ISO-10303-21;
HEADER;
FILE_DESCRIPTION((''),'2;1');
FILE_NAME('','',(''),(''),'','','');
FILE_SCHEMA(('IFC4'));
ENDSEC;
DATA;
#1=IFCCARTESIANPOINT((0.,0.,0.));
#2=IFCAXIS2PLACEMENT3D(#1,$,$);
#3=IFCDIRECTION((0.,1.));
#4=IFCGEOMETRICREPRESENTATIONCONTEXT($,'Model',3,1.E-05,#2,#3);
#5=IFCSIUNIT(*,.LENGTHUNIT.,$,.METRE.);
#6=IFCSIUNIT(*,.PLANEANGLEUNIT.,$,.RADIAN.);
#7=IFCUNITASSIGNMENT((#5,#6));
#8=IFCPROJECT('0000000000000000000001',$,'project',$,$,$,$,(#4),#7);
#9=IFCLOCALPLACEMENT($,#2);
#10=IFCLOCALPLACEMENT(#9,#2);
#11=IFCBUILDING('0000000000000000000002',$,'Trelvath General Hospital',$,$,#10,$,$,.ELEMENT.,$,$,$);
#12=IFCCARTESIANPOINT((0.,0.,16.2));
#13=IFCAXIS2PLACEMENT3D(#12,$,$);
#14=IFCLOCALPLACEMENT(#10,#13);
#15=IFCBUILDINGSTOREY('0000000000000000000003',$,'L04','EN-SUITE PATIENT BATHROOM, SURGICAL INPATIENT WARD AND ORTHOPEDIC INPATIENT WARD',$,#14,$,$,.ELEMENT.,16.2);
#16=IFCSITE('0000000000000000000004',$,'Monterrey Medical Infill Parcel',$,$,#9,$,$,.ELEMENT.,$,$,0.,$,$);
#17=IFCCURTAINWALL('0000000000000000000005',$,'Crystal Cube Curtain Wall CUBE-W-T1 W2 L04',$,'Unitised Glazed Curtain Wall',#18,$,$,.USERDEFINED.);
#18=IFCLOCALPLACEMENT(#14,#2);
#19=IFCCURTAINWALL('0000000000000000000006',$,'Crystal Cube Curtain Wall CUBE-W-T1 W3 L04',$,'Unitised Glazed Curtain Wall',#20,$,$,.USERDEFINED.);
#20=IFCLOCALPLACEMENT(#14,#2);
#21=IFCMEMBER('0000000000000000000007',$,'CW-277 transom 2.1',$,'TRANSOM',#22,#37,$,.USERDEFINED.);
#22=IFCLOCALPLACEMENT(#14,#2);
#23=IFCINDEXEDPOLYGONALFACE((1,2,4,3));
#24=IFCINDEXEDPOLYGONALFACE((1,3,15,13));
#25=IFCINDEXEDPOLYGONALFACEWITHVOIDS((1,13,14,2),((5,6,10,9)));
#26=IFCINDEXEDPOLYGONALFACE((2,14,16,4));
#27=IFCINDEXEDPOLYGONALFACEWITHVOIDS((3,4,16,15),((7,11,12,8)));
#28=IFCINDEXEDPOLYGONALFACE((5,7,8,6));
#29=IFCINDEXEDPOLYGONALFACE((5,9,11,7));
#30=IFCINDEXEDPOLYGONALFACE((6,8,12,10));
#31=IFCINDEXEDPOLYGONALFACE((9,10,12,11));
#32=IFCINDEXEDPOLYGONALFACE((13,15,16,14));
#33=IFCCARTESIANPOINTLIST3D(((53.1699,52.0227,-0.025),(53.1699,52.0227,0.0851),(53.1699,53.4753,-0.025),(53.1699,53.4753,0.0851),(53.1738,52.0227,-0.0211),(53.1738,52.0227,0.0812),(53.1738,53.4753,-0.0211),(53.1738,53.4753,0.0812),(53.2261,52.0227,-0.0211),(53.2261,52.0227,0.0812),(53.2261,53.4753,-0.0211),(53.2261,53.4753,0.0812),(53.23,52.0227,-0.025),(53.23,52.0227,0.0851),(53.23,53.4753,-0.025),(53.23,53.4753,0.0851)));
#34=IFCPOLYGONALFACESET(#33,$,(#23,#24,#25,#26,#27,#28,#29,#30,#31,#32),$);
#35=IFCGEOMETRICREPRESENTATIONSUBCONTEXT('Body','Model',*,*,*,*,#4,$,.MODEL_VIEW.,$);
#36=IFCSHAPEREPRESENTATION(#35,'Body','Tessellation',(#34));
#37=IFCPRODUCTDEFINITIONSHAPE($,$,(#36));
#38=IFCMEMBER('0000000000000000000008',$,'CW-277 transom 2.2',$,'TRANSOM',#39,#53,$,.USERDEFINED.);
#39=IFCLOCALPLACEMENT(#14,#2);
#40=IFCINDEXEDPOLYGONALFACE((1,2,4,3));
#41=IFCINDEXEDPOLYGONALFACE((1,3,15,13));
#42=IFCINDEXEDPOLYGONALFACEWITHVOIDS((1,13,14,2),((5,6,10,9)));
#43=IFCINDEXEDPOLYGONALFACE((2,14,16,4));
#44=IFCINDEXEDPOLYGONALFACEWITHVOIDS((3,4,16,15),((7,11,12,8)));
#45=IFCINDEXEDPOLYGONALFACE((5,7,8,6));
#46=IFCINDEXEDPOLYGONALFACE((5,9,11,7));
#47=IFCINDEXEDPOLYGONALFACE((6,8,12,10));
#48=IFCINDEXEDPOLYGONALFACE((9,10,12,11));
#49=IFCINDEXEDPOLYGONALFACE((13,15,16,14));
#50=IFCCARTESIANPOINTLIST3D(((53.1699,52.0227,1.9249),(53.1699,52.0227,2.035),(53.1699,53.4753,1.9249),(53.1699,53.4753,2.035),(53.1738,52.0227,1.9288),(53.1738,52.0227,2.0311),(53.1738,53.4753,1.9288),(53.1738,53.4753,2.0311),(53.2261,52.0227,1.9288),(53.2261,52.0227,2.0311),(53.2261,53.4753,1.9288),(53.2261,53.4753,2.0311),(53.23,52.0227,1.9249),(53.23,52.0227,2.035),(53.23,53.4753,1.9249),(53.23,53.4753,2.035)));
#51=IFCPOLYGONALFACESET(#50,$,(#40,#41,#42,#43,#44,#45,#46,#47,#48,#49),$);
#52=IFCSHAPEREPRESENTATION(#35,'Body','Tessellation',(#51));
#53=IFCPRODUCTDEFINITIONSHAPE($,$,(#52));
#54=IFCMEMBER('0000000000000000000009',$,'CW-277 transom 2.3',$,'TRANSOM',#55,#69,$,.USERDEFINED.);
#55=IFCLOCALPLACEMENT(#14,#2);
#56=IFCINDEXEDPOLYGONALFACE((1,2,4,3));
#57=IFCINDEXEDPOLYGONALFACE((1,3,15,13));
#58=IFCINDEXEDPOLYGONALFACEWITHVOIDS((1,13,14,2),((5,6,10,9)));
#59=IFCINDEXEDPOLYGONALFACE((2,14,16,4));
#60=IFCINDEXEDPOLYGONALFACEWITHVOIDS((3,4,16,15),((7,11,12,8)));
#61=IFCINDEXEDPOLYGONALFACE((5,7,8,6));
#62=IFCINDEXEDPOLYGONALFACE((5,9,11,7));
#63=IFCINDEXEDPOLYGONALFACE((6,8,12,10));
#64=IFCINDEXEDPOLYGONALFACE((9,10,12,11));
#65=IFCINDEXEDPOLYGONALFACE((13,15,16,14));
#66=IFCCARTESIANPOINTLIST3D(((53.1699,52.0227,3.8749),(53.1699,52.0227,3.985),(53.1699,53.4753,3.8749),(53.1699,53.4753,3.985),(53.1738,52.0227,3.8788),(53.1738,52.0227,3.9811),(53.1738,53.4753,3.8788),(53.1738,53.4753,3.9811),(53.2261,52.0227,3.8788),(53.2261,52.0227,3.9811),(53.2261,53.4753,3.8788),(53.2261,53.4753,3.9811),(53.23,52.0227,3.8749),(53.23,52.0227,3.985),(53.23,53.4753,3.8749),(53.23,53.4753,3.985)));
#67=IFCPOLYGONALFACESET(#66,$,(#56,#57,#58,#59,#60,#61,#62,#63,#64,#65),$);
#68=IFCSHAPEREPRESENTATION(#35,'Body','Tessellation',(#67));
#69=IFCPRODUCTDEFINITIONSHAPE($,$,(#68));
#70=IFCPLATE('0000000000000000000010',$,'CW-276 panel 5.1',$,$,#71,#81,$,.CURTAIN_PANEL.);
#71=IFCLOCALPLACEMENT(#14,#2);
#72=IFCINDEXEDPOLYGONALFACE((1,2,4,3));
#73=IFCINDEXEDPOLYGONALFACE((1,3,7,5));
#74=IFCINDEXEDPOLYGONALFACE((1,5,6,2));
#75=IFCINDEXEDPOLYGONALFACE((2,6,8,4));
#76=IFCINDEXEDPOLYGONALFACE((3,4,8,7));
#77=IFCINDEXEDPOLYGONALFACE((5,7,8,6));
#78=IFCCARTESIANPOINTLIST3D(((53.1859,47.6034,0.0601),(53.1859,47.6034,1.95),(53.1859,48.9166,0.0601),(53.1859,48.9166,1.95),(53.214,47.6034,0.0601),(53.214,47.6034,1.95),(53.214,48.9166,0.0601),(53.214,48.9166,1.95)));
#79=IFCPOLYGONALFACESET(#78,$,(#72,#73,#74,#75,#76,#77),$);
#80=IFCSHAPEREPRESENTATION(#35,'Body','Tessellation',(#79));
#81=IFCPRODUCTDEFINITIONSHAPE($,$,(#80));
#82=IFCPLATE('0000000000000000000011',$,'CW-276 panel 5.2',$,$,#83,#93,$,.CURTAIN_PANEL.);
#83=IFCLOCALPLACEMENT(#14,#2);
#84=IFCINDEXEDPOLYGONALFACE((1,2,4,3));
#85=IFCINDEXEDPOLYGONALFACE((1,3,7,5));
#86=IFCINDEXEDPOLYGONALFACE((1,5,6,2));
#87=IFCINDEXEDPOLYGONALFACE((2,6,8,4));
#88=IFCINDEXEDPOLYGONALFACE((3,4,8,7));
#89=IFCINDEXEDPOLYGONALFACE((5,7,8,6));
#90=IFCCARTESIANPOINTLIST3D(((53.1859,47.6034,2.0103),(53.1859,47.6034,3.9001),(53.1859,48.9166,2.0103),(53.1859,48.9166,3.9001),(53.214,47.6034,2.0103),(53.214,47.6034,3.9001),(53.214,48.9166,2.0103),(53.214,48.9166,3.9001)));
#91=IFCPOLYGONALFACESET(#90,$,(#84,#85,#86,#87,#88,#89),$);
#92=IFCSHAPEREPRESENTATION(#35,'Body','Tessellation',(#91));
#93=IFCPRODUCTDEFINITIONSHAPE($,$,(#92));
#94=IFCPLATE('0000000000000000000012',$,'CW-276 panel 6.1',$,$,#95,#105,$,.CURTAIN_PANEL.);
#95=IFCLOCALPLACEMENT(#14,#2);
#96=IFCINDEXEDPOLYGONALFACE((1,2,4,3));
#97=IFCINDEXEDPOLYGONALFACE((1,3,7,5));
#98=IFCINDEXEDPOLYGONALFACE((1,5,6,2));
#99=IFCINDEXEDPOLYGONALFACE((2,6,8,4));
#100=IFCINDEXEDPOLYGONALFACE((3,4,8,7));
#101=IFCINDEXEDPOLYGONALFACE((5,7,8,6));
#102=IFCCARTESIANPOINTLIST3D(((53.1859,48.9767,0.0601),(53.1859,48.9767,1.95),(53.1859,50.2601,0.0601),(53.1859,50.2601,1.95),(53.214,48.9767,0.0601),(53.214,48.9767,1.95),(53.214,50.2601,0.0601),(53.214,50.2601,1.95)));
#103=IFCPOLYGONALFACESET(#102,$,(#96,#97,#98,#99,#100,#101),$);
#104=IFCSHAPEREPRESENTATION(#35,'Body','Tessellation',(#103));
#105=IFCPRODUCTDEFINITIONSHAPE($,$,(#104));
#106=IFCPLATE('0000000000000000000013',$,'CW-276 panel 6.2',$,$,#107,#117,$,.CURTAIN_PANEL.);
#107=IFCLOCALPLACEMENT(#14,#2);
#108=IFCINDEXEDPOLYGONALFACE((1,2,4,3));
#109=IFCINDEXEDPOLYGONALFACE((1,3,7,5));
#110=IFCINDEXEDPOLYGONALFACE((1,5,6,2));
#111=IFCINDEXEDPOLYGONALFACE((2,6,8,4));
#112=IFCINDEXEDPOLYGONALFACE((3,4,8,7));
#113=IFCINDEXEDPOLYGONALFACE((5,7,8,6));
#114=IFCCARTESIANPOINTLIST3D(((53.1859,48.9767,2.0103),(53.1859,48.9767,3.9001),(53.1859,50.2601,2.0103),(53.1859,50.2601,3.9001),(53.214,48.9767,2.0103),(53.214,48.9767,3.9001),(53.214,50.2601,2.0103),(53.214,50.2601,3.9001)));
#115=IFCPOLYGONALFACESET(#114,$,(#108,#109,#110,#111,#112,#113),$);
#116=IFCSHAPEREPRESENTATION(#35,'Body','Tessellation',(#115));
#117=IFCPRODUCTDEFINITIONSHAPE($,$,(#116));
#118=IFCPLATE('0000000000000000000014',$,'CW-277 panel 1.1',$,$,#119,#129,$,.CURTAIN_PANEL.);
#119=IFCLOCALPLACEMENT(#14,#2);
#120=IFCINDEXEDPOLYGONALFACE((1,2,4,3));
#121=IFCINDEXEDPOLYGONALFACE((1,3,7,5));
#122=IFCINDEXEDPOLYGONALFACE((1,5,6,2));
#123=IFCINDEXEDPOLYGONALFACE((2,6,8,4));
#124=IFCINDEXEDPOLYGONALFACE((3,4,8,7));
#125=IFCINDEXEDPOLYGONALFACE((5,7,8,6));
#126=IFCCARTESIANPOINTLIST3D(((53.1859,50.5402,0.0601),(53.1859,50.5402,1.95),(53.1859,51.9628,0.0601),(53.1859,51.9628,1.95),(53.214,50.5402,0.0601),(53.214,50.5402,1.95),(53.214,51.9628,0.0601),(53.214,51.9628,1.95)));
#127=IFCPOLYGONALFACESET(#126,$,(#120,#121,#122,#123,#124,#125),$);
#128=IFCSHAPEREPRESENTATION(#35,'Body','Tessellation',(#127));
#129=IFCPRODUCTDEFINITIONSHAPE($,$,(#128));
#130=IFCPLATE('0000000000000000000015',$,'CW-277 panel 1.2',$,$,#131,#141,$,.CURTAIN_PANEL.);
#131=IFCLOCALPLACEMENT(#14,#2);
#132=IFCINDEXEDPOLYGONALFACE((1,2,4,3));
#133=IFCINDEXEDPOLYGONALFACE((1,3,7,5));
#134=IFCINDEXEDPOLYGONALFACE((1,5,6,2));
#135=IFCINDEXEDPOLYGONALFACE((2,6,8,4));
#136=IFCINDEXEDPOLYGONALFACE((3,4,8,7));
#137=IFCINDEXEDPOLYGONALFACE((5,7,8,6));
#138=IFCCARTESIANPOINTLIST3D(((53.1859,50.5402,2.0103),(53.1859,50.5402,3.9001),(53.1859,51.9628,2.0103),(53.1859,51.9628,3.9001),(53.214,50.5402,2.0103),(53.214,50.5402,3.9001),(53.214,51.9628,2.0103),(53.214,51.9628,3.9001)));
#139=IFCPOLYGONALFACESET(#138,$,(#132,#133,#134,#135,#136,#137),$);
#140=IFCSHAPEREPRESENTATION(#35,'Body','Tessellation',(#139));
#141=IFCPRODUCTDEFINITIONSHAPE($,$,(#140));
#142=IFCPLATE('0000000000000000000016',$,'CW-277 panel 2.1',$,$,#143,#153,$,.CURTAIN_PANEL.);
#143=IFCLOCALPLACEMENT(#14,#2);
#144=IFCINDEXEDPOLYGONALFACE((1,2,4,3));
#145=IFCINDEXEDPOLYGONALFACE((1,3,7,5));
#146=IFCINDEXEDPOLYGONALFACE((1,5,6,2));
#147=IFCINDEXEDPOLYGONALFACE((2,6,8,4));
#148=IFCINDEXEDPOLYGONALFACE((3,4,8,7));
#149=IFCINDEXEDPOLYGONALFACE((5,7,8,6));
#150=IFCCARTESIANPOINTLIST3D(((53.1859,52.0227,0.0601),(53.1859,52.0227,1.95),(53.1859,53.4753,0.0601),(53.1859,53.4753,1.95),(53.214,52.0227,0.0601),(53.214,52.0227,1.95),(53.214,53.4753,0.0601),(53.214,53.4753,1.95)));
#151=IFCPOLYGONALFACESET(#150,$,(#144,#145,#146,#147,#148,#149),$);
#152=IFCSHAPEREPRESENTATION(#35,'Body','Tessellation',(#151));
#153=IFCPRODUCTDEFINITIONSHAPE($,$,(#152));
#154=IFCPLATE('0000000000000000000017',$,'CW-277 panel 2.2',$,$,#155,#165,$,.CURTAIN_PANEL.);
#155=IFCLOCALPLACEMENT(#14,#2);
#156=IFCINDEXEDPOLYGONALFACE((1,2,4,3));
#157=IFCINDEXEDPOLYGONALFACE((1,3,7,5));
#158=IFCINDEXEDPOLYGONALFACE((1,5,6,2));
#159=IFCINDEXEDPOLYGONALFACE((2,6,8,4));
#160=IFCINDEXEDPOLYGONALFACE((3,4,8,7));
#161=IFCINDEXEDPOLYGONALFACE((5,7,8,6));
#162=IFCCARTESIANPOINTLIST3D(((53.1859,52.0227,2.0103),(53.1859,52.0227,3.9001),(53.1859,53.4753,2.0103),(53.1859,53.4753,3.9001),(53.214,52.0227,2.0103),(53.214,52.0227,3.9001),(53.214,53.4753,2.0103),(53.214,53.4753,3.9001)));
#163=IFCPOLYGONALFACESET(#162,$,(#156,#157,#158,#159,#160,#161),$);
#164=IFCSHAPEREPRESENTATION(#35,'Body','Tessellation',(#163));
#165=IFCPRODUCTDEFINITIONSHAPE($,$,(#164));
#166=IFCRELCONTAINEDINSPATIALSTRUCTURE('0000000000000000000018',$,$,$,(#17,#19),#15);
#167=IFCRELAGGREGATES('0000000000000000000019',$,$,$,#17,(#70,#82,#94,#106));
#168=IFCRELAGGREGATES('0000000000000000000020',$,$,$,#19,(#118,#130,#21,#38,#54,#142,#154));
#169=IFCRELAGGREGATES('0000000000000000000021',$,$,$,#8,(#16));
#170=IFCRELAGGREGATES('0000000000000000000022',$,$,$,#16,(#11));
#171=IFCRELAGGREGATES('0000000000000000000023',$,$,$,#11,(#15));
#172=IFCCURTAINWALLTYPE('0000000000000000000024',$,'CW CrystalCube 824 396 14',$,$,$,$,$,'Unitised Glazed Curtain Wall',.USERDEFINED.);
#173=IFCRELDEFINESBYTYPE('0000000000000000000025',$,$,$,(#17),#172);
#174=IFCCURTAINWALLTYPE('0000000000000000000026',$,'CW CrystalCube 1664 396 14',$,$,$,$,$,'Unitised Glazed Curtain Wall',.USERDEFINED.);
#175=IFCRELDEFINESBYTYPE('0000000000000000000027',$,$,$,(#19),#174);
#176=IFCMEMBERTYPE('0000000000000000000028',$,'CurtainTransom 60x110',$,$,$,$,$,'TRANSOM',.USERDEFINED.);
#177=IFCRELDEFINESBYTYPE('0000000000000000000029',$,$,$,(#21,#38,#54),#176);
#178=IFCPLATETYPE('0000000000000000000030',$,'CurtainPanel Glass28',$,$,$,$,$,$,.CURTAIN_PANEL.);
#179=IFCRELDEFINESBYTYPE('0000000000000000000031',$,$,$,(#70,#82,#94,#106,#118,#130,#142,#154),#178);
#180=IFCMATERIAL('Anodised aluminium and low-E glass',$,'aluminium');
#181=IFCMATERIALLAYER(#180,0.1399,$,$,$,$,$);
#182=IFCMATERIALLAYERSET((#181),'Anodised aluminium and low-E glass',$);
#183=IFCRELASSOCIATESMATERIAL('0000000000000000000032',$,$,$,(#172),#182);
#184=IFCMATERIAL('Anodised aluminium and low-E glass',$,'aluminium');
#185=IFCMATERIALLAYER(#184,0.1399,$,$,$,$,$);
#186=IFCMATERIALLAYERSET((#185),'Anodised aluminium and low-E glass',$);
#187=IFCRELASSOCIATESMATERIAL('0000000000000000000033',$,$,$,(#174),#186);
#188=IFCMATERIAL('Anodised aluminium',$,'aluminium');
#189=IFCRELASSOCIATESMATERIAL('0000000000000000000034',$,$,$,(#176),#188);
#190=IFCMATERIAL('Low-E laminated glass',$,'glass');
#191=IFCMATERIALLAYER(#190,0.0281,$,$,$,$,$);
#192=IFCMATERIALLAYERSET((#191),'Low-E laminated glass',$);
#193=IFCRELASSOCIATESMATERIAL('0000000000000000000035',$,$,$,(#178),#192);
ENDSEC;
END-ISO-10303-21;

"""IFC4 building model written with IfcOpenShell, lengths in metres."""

from ifc_helpers import new_model, si_unit, direction, frame, origin, origin_2d, place, context, subcontext, project, spatial, rectangle, hollow_rectangle, extrude, material, layer, layer_set, material_profile, profile_set, type_object, element, aggregate, save


model = new_model("IFC4")

# Units and contexts
model_context = context("Model", 3, precision=1e-05, world=origin(), true_north=direction((0.0, 1.0)))
body_context = subcontext(model_context, "Body", "Model", "MODEL_VIEW")
ifc_project = project(units=[si_unit("LENGTHUNIT", "METRE"), si_unit("PLANEANGLEUNIT", "RADIAN")], contexts=[model_context])

# Site, building, storey
site_placement = place(None, origin())
site = spatial("IfcSite", under=ifc_project, at=site_placement, Name="Monterrey Medical Infill Parcel", CompositionType="ELEMENT", RefElevation=0.0)
building_placement = place(site_placement, origin())
building = spatial("IfcBuilding", under=site, at=building_placement, Name="Trelvath General Hospital", CompositionType="ELEMENT")
storey_placement = place(building_placement, frame((0.0, 0.0, 16.2)))
storey = spatial("IfcBuildingStorey", under=building, at=storey_placement, Name="L04", Description="EN-SUITE PATIENT BATHROOM, SURGICAL INPATIENT WARD AND ORTHOPEDIC INPATIENT WARD", CompositionType="ELEMENT", Elevation=16.2)

# Curtain walls
ifc_material_1 = material(Name="Anodised aluminium and low-E glass", Category="aluminium")
ifc_layer_1 = layer(ifc_material_1, 0.1399)
ifc_layer_set_1 = layer_set([ifc_layer_1], Name="Anodised aluminium and low-E glass")
curtain_wall_type_1 = type_object("IfcCurtainWallType", Name="CW CrystalCube 824 396 14", ElementType="Unitised Glazed Curtain Wall", PredefinedType="USERDEFINED", material=ifc_layer_set_1)
curtain_wall_1_placement = place(storey_placement, origin())
curtain_wall_1 = element("IfcCurtainWall", 1, at=curtain_wall_1_placement, inside=storey, type_object=curtain_wall_type_1, Name="Crystal Cube Curtain Wall CUBE-W-T1 W2 L04", ObjectType="Unitised Glazed Curtain Wall", PredefinedType="USERDEFINED")
ifc_material_2 = material(Name="Anodised aluminium and low-E glass", Category="aluminium")
ifc_layer_2 = layer(ifc_material_2, 0.1399)
ifc_layer_set_2 = layer_set([ifc_layer_2], Name="Anodised aluminium and low-E glass")
curtain_wall_type_2 = type_object("IfcCurtainWallType", Name="CW CrystalCube 1664 396 14", ElementType="Unitised Glazed Curtain Wall", PredefinedType="USERDEFINED", material=ifc_layer_set_2)
curtain_wall_2_placement = place(storey_placement, origin())
curtain_wall_2 = element("IfcCurtainWall", 2, at=curtain_wall_2_placement, inside=storey, type_object=curtain_wall_type_2, Name="Crystal Cube Curtain Wall CUBE-W-T1 W3 L04", ObjectType="Unitised Glazed Curtain Wall", PredefinedType="USERDEFINED")

# Members
ifc_material_3 = material(Name="Anodised aluminium", Category="aluminium")
ifc_material_profile_1 = material_profile(ifc_material_3, hollow_rectangle(XDim=0.0601, YDim=0.1101, WallThickness=0.0039, at=origin_2d()), Name="RHS60x110x4")
ifc_profile_set_1 = profile_set([ifc_material_profile_1], Name="Anodised aluminium")
member_type_1 = type_object("IfcMemberType", Name="CurtainTransom 60x110", ElementType="TRANSOM", PredefinedType="USERDEFINED", material=ifc_profile_set_1)
member_1_placement = place(storey_placement, frame((53.2, 52.0227, 0.03), z_axis=(0.0, 1.0, 0.0), x_axis=(-1.0, 0.0, 0.0)))
member_1 = element("IfcMember", 3, at=member_1_placement, type_object=member_type_1, Name="CW-277 transom 2.1", ObjectType="TRANSOM", PredefinedType="USERDEFINED", context=body_context, shape_type="SweptSolid", body=[
    extrude(hollow_rectangle(XDim=0.0601, YDim=0.1101, WallThickness=0.0039, at=origin_2d()), origin(), (0.0, 0.0, 1.0), 1.4526),
])
member_2_placement = place(storey_placement, frame((53.2, 52.0227, 1.98), z_axis=(0.0, 1.0, 0.0), x_axis=(-1.0, 0.0, 0.0)))
member_2 = element("IfcMember", 4, at=member_2_placement, type_object=member_type_1, Name="CW-277 transom 2.2", ObjectType="TRANSOM", PredefinedType="USERDEFINED", context=body_context, shape_type="SweptSolid", body=[
    extrude(hollow_rectangle(XDim=0.0601, YDim=0.1101, WallThickness=0.0039, at=origin_2d()), origin(), (0.0, 0.0, 1.0), 1.4526),
])
member_3_placement = place(storey_placement, frame((53.2, 52.0227, 3.9299), z_axis=(0.0, 1.0, 0.0), x_axis=(-1.0, 0.0, 0.0)))
member_3 = element("IfcMember", 5, at=member_3_placement, type_object=member_type_1, Name="CW-277 transom 2.3", ObjectType="TRANSOM", PredefinedType="USERDEFINED", context=body_context, shape_type="SweptSolid", body=[
    extrude(hollow_rectangle(XDim=0.0601, YDim=0.1101, WallThickness=0.0039, at=origin_2d()), origin(), (0.0, 0.0, 1.0), 1.4526),
])

# Plates
ifc_material_4 = material(Name="Low-E laminated glass", Category="glass")
ifc_layer_3 = layer(ifc_material_4, 0.0281)
ifc_layer_set_3 = layer_set([ifc_layer_3], Name="Low-E laminated glass")
plate_type = type_object("IfcPlateType", Name="CurtainPanel Glass28", PredefinedType="CURTAIN_PANEL", material=ifc_layer_set_3)
plate_1_placement = place(storey_placement, frame((53.2, 48.26, 0.0601), z_axis=(0.0, 0.0, 1.0), x_axis=(0.0, 1.0, 0.0)))
plate_1 = element("IfcPlate", 6, at=plate_1_placement, type_object=plate_type, Name="CW-276 panel 5.1", PredefinedType="CURTAIN_PANEL", context=body_context, shape_type="SweptSolid", body=[
    extrude(rectangle(XDim=1.3132, YDim=0.0281, at=origin_2d()), origin(), (0.0, 0.0, 1.0), 1.8899),
])
plate_2_placement = place(storey_placement, frame((53.2, 48.26, 2.0103), z_axis=(0.0, 0.0, 1.0), x_axis=(0.0, 1.0, 0.0)))
plate_2 = element("IfcPlate", 7, at=plate_2_placement, type_object=plate_type, Name="CW-276 panel 5.2", PredefinedType="CURTAIN_PANEL", context=body_context, shape_type="SweptSolid", body=[
    extrude(rectangle(XDim=1.3132, YDim=0.0281, at=origin_2d()), origin(), (0.0, 0.0, 1.0), 1.8899),
])
plate_3_placement = place(storey_placement, frame((53.2, 49.6184, 0.0601), z_axis=(0.0, 0.0, 1.0), x_axis=(0.0, 1.0, 0.0)))
plate_3 = element("IfcPlate", 8, at=plate_3_placement, type_object=plate_type, Name="CW-276 panel 6.1", PredefinedType="CURTAIN_PANEL", context=body_context, shape_type="SweptSolid", body=[
    extrude(rectangle(XDim=1.2834, YDim=0.0281, at=origin_2d()), origin(), (0.0, 0.0, 1.0), 1.8899),
])
plate_4_placement = place(storey_placement, frame((53.2, 49.6184, 2.0103), z_axis=(0.0, 0.0, 1.0), x_axis=(0.0, 1.0, 0.0)))
plate_4 = element("IfcPlate", 9, at=plate_4_placement, type_object=plate_type, Name="CW-276 panel 6.2", PredefinedType="CURTAIN_PANEL", context=body_context, shape_type="SweptSolid", body=[
    extrude(rectangle(XDim=1.2834, YDim=0.0281, at=origin_2d()), origin(), (0.0, 0.0, 1.0), 1.8899),
])
aggregate(curtain_wall_1, [plate_1, plate_2, plate_3, plate_4])
plate_5_placement = place(storey_placement, frame((53.2, 51.2515, 0.0601), z_axis=(0.0, 0.0, 1.0), x_axis=(0.0, 1.0, 0.0)))
plate_5 = element("IfcPlate", 10, at=plate_5_placement, type_object=plate_type, Name="CW-277 panel 1.1", PredefinedType="CURTAIN_PANEL", context=body_context, shape_type="SweptSolid", body=[
    extrude(rectangle(XDim=1.4226, YDim=0.0281, at=origin_2d()), origin(), (0.0, 0.0, 1.0), 1.8899),
])
plate_6_placement = place(storey_placement, frame((53.2, 51.2515, 2.0103), z_axis=(0.0, 0.0, 1.0), x_axis=(0.0, 1.0, 0.0)))
plate_6 = element("IfcPlate", 11, at=plate_6_placement, type_object=plate_type, Name="CW-277 panel 1.2", PredefinedType="CURTAIN_PANEL", context=body_context, shape_type="SweptSolid", body=[
    extrude(rectangle(XDim=1.4226, YDim=0.0281, at=origin_2d()), origin(), (0.0, 0.0, 1.0), 1.8899),
])
plate_7_placement = place(storey_placement, frame((53.2, 52.749, 0.0601), z_axis=(0.0, 0.0, 1.0), x_axis=(0.0, 1.0, 0.0)))
plate_7 = element("IfcPlate", 12, at=plate_7_placement, type_object=plate_type, Name="CW-277 panel 2.1", PredefinedType="CURTAIN_PANEL", context=body_context, shape_type="SweptSolid", body=[
    extrude(rectangle(XDim=1.4526, YDim=0.0281, at=origin_2d()), origin(), (0.0, 0.0, 1.0), 1.8899),
])
plate_8_placement = place(storey_placement, frame((53.2, 52.749, 2.0103), z_axis=(0.0, 0.0, 1.0), x_axis=(0.0, 1.0, 0.0)))
plate_8 = element("IfcPlate", 13, at=plate_8_placement, type_object=plate_type, Name="CW-277 panel 2.2", PredefinedType="CURTAIN_PANEL", context=body_context, shape_type="SweptSolid", body=[
    extrude(rectangle(XDim=1.4526, YDim=0.0281, at=origin_2d()), origin(), (0.0, 0.0, 1.0), 1.8899),
])
aggregate(curtain_wall_2, [plate_5, plate_6, member_1, member_2, member_3, plate_7, plate_8])

save(model, "model.ifc")
